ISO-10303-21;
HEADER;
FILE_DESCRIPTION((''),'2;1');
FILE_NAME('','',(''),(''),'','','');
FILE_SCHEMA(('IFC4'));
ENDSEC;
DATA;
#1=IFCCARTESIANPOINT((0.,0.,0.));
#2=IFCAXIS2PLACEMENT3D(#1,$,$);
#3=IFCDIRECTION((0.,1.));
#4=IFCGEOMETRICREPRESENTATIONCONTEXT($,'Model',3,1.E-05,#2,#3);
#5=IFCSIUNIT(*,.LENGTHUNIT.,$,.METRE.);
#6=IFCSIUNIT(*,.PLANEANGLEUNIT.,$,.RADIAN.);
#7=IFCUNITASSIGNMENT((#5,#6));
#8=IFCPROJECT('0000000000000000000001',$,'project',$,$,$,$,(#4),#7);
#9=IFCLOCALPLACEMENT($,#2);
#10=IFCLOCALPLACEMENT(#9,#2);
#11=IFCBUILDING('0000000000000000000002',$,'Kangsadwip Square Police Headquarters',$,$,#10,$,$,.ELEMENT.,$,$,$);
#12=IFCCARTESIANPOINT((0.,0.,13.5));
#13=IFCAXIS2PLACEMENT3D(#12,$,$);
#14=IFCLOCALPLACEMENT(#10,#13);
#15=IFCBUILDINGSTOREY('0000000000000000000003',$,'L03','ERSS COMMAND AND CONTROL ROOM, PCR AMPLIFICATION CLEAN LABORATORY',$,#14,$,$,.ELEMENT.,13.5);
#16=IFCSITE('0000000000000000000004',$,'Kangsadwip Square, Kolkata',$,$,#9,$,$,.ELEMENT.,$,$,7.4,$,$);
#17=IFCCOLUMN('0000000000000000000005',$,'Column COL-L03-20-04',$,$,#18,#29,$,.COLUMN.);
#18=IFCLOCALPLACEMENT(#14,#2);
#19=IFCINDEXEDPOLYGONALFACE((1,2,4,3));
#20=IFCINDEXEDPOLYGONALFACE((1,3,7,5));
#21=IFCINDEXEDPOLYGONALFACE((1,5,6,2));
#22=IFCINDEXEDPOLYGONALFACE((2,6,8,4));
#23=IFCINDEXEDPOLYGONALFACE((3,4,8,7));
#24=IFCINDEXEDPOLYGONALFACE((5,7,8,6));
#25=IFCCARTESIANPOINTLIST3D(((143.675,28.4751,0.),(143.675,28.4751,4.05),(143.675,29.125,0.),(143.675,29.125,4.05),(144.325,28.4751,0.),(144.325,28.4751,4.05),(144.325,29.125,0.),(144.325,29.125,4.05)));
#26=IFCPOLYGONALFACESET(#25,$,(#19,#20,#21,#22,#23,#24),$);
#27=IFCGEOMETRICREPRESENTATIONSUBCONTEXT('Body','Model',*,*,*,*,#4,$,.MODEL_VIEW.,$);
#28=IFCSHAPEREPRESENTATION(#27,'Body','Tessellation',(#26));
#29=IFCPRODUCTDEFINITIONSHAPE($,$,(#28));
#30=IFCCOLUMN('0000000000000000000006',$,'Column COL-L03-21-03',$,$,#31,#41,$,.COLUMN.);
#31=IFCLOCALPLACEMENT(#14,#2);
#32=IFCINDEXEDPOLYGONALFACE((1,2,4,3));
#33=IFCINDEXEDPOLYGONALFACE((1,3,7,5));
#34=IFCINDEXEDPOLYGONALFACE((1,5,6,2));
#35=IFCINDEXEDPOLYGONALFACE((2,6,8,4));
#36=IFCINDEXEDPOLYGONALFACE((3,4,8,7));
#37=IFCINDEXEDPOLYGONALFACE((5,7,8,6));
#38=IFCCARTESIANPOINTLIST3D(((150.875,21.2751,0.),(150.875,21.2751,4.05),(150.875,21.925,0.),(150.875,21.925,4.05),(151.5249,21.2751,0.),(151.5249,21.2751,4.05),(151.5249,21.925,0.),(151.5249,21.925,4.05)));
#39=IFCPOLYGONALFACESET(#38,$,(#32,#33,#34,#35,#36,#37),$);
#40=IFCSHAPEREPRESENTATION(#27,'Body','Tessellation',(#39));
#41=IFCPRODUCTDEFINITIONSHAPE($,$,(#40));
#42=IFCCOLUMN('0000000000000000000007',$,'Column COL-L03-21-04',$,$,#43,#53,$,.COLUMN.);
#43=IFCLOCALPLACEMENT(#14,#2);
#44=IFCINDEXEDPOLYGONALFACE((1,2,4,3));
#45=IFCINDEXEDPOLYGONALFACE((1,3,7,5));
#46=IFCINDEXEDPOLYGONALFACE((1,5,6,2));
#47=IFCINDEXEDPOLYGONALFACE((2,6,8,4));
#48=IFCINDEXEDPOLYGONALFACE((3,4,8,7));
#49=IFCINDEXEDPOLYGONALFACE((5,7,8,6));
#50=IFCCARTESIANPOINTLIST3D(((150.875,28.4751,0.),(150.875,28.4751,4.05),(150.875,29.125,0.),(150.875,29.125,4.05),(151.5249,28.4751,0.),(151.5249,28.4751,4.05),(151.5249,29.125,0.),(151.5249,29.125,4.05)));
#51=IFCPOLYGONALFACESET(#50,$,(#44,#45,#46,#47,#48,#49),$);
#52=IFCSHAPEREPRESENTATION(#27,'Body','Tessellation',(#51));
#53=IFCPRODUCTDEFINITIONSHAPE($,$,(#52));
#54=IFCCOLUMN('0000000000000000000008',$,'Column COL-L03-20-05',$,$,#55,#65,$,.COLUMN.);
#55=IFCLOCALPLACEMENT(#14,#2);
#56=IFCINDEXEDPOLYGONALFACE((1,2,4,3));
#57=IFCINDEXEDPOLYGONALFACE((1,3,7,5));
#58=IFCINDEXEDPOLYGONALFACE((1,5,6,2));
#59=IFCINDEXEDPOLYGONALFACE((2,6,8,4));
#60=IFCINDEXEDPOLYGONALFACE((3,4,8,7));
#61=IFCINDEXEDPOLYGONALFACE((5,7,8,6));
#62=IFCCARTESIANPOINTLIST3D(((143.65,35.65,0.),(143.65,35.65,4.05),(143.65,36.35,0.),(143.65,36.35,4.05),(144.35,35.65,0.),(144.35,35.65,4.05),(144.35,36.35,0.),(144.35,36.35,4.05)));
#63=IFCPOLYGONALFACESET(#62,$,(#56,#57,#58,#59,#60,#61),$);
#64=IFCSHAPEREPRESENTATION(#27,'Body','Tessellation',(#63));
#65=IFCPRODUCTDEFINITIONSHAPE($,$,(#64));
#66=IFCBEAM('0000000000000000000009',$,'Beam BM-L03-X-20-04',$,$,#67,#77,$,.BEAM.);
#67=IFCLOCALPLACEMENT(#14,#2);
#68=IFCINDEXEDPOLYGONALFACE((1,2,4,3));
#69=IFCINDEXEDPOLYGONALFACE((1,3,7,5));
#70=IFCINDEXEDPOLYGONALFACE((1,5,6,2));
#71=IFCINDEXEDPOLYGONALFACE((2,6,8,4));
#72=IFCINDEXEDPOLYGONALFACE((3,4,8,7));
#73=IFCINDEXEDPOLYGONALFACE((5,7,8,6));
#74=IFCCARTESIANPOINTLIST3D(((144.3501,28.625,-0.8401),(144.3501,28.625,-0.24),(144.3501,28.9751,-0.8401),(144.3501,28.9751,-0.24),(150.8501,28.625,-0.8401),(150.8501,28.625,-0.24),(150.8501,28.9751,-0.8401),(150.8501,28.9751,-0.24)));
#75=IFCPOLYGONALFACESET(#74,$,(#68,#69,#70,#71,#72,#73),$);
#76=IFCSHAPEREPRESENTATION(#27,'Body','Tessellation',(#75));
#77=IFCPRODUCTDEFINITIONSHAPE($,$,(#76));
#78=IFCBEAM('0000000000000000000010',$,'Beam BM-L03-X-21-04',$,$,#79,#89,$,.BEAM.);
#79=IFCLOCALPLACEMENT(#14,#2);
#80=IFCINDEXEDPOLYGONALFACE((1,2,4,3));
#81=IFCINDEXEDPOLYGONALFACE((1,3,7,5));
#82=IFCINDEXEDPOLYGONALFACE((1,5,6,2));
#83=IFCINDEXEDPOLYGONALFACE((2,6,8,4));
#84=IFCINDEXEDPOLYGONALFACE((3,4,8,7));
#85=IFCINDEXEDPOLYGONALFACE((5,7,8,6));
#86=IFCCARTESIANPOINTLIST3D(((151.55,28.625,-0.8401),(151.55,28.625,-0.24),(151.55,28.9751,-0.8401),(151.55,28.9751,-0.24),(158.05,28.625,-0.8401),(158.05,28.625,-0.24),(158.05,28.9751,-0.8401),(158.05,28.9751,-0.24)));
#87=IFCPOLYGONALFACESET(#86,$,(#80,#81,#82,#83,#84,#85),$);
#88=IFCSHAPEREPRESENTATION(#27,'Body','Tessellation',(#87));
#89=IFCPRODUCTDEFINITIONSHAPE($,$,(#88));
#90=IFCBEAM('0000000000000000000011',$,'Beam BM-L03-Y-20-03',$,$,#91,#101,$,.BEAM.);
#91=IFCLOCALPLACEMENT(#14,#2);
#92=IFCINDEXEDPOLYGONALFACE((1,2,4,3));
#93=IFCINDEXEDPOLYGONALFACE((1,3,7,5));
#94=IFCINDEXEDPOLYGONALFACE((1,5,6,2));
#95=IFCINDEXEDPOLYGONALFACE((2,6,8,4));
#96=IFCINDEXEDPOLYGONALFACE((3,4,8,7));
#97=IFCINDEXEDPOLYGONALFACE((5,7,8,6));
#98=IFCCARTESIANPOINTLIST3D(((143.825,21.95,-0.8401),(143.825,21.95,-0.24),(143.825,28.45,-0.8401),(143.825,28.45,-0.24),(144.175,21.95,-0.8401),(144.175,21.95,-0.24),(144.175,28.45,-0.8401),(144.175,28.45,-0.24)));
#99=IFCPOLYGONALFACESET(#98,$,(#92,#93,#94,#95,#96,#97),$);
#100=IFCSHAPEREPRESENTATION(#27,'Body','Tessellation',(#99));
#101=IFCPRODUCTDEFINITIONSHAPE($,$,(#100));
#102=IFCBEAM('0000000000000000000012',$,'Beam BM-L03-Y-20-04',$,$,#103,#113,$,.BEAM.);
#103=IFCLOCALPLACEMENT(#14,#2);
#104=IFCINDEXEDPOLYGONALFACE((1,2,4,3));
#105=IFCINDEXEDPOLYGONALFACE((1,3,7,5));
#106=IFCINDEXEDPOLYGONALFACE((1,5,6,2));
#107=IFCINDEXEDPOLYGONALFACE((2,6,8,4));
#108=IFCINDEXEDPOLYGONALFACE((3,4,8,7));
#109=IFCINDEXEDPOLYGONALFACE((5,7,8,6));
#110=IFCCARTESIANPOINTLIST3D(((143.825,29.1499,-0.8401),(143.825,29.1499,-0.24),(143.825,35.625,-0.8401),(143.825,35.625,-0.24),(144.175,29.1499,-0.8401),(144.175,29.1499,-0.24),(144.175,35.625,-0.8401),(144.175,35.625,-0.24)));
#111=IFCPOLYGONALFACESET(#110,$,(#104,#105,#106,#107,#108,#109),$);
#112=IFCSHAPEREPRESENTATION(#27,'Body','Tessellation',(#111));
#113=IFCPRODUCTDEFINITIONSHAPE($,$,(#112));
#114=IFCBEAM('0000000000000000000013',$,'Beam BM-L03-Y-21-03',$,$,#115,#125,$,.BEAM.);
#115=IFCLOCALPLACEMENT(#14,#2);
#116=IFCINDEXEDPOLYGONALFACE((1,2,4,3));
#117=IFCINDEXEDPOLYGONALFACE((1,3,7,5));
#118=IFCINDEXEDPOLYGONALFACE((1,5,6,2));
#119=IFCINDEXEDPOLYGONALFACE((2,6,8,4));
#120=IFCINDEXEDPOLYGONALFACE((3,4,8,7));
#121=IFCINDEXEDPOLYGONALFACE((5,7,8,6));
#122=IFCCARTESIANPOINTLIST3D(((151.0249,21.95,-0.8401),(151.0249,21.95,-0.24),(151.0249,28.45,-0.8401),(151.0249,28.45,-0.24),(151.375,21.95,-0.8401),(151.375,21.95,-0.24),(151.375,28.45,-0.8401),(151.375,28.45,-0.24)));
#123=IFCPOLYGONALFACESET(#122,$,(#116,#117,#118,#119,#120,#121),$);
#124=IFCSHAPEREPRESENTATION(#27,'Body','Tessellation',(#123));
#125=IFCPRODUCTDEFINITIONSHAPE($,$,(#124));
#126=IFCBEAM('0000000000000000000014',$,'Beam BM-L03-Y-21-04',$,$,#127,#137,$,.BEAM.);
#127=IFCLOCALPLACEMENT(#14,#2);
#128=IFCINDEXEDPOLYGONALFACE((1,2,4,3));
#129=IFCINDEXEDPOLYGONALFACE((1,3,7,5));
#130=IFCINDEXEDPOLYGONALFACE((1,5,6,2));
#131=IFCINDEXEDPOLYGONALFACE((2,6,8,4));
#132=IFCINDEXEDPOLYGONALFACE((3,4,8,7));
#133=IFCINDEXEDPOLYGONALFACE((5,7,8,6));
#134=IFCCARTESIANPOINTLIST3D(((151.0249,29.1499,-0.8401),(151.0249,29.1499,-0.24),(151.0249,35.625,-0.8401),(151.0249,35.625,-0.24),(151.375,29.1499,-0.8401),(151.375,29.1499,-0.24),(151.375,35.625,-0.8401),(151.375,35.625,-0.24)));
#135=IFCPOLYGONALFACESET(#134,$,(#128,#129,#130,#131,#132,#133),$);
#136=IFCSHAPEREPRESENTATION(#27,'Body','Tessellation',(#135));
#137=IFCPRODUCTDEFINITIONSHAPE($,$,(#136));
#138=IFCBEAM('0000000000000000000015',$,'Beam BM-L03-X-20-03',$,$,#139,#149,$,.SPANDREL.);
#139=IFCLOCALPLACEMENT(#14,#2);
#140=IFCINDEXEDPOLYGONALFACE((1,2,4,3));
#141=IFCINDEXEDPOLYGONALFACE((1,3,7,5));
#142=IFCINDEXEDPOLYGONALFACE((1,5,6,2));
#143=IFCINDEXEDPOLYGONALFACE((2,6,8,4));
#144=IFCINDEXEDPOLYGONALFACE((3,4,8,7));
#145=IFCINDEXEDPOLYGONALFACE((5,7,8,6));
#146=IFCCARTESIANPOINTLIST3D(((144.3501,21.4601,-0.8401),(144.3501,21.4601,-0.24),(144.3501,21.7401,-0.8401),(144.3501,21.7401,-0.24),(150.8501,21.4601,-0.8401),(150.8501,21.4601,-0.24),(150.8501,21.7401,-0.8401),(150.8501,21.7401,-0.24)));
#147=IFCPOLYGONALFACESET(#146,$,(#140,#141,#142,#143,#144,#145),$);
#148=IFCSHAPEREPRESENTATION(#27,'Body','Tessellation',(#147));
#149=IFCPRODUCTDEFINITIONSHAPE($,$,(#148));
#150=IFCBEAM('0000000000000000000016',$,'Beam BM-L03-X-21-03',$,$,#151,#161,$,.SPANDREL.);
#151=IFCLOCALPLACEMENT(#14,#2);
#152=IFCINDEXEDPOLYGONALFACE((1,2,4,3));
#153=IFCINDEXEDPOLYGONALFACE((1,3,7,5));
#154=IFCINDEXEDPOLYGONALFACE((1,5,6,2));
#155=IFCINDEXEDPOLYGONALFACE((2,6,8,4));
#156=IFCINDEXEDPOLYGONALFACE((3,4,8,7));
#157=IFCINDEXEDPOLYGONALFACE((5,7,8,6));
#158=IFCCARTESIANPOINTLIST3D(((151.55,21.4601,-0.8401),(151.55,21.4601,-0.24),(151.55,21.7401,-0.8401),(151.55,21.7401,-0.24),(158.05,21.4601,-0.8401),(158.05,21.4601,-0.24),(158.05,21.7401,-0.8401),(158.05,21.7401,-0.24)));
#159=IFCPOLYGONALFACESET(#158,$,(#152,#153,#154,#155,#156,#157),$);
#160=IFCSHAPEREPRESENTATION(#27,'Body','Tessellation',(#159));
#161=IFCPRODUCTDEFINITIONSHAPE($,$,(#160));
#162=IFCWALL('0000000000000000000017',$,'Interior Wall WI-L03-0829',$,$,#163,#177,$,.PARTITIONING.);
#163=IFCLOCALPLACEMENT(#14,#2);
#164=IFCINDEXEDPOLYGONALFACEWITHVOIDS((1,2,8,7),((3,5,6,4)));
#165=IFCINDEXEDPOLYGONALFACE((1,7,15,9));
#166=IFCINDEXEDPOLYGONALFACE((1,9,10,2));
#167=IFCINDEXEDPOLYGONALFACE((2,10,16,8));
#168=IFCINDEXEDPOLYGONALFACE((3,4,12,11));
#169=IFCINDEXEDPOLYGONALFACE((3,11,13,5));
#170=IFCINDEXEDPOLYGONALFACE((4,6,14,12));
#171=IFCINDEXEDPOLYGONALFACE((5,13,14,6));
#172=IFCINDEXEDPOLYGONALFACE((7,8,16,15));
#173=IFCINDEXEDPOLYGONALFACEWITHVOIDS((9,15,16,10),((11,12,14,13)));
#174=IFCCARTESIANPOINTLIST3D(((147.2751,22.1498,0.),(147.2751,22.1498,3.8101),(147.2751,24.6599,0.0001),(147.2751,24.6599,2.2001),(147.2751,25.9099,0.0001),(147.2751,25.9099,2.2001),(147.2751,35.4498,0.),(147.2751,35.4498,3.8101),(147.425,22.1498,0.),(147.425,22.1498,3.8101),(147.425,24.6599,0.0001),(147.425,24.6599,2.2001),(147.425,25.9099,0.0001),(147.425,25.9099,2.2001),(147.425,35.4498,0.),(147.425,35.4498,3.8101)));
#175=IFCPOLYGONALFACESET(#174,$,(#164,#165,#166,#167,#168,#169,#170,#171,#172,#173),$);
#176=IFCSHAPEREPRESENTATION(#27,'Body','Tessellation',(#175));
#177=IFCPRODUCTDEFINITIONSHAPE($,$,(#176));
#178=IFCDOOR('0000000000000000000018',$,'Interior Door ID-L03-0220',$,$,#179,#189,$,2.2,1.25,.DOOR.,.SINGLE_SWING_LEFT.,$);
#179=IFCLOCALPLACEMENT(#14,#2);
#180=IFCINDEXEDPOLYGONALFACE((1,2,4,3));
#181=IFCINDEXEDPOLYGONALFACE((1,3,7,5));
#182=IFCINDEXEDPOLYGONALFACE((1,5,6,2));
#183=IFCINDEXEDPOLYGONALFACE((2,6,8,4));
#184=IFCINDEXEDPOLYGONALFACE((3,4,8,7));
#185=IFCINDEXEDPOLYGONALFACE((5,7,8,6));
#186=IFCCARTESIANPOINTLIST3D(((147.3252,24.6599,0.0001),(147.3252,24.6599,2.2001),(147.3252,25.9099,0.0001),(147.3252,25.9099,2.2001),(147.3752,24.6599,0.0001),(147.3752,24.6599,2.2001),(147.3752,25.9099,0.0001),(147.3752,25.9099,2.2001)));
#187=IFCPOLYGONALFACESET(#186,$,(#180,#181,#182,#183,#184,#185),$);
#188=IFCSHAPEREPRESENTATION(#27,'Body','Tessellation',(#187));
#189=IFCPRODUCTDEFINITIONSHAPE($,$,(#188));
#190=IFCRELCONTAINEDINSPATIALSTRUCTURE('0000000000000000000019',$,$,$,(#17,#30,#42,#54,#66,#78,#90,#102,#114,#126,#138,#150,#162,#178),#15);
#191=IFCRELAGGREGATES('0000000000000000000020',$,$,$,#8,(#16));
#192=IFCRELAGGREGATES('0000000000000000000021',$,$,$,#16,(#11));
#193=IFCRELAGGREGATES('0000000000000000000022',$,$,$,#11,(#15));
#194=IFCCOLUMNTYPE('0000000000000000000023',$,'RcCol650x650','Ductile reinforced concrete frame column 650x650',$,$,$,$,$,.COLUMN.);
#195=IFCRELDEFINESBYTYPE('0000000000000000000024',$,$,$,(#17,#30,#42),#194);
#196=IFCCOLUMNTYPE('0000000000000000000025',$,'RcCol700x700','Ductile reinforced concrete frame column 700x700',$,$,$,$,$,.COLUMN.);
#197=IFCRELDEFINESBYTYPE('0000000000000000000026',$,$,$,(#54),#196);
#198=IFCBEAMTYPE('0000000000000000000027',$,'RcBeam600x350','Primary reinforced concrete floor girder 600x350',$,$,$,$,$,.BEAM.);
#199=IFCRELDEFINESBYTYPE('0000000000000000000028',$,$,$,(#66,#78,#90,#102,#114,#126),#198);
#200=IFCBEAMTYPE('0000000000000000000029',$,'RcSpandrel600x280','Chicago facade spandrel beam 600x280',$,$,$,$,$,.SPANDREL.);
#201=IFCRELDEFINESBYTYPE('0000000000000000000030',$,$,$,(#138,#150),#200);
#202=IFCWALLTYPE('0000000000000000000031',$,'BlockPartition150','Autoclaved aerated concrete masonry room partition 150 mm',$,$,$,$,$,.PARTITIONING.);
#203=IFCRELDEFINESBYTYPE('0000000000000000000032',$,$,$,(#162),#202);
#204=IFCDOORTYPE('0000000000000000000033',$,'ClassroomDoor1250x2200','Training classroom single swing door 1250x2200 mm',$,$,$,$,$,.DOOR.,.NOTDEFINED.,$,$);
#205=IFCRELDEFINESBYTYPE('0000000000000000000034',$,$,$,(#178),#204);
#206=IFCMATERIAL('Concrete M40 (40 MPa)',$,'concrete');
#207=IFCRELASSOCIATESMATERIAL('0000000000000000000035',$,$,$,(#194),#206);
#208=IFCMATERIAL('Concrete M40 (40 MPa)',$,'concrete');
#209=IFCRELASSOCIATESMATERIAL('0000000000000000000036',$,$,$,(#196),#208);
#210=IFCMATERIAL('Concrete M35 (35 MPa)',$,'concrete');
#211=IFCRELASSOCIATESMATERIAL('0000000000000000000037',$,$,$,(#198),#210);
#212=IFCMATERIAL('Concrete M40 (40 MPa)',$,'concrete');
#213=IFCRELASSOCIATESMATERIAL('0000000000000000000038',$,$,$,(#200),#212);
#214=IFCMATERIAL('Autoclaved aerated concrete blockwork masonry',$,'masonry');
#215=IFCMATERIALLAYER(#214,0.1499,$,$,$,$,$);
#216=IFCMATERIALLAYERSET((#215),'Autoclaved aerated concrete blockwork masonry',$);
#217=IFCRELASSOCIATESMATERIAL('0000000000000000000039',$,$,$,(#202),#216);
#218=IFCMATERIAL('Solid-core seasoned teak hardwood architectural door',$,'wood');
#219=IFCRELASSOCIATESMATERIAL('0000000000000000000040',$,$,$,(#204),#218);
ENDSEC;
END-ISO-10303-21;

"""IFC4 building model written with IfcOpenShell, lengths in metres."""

from ifc_helpers import new_model, si_unit, direction, frame, frame_2d, origin, origin_2d, place, context, subcontext, project, spatial, rectangle, extrude, material, layer, layer_set, material_profile, profile_set, type_object, element, fill, save


model = new_model("IFC4")

# Units and contexts
model_context = context("Model", 3, precision=1e-05, world=origin(), true_north=direction((0.0, 1.0)))
body_context = subcontext(model_context, "Body", "Model", "MODEL_VIEW")
ifc_project = project(units=[si_unit("LENGTHUNIT", "METRE"), si_unit("PLANEANGLEUNIT", "RADIAN")], contexts=[model_context])

# Site, building, storey
site_placement = place(None, origin())
site = spatial("IfcSite", under=ifc_project, at=site_placement, Name="Kangsadwip Square, Kolkata", CompositionType="ELEMENT", RefElevation=7.4)
building_placement = place(site_placement, origin())
building = spatial("IfcBuilding", under=site, at=building_placement, Name="Kangsadwip Square Police Headquarters", CompositionType="ELEMENT")
storey_placement = place(building_placement, frame((0.0, 0.0, 13.5)))
storey = spatial("IfcBuildingStorey", under=building, at=storey_placement, Name="L03", Description="ERSS COMMAND AND CONTROL ROOM, PCR AMPLIFICATION CLEAN LABORATORY", CompositionType="ELEMENT", Elevation=13.5)

# Columns
ifc_material_1 = material(Name="Concrete M40 (40 MPa)", Category="concrete")
ifc_material_profile_1 = material_profile(ifc_material_1, rectangle(XDim=0.6499, YDim=0.6499, at=origin_2d()), Name="RC COL 650X650")
ifc_profile_set_1 = profile_set([ifc_material_profile_1], Name="Concrete M40 (40 MPa)")
column_type_1 = type_object("IfcColumnType", Name="RcCol650x650", Description="Ductile reinforced concrete frame column 650x650", PredefinedType="COLUMN", material=ifc_profile_set_1)
for number, where, z_axis, x_axis, name in (
    (1, (144.0, 28.8, 0.0), (0.0, 0.0, 1.0), (1.0, 0.0, 0.0), "Column COL-L03-20-04"),
    (2, (151.2, 21.6001, 0.0), (0.0, 0.0, 1.0), (1.0, 0.0, 0.0), "Column COL-L03-21-03"),
    (3, (151.2, 28.8, 0.0), (0.0, 0.0, 1.0), (1.0, 0.0, 0.0), "Column COL-L03-21-04"),
):
    element("IfcColumn", number, at=place(storey_placement, frame(where, z_axis=z_axis, x_axis=x_axis)), inside=storey, type_object=column_type_1, Name=name, PredefinedType="COLUMN", context=body_context, shape_type="SweptSolid", body=[
        extrude(rectangle(XDim=0.6499, YDim=0.6499, at=origin_2d()), origin(), (0.0, 0.0, 1.0), 4.05),
    ])
ifc_material_2 = material(Name="Concrete M40 (40 MPa)", Category="concrete")
ifc_material_profile_2 = material_profile(ifc_material_2, rectangle(XDim=0.7, YDim=0.7, at=origin_2d()), Name="RC COL 700X700")
ifc_profile_set_2 = profile_set([ifc_material_profile_2], Name="Concrete M40 (40 MPa)")
column_type_2 = type_object("IfcColumnType", Name="RcCol700x700", Description="Ductile reinforced concrete frame column 700x700", PredefinedType="COLUMN", material=ifc_profile_set_2)
column_placement = place(storey_placement, frame((144.0, 36.0, 0.0), z_axis=(0.0, 0.0, 1.0), x_axis=(1.0, 0.0, 0.0)))
element("IfcColumn", 4, at=column_placement, inside=storey, type_object=column_type_2, Name="Column COL-L03-20-05", PredefinedType="COLUMN", context=body_context, shape_type="SweptSolid", body=[
    extrude(rectangle(XDim=0.7, YDim=0.7, at=origin_2d()), origin(), (0.0, 0.0, 1.0), 4.05),
])

# Beams
ifc_material_3 = material(Name="Concrete M35 (35 MPa)", Category="concrete")
ifc_material_profile_3 = material_profile(ifc_material_3, rectangle(XDim=0.3501, YDim=0.6001, at=origin_2d()), Name="RC BM 600X350")
ifc_profile_set_3 = profile_set([ifc_material_profile_3], Name="Concrete M35 (35 MPa)")
beam_type_1 = type_object("IfcBeamType", Name="RcBeam600x350", Description="Primary reinforced concrete floor girder 600x350", PredefinedType="BEAM", material=ifc_profile_set_3)
for number, where, z_axis, x_axis, name in (
    (5, (144.3501, 28.8, -0.54), (1.0, 0.0, 0.0), (0.0, 1.0, 0.0), "Beam BM-L03-X-20-04"),
    (6, (151.55, 28.8, -0.54), (1.0, 0.0, 0.0), (0.0, 1.0, 0.0), "Beam BM-L03-X-21-04"),
    (7, (144.0, 21.95, -0.54), (0.0, 1.0, 0.0), (-1.0, 0.0, 0.0), "Beam BM-L03-Y-20-03"),
):
    element("IfcBeam", number, at=place(storey_placement, frame(where, z_axis=z_axis, x_axis=x_axis)), inside=storey, type_object=beam_type_1, Name=name, PredefinedType="BEAM", context=body_context, shape_type="SweptSolid", body=[
        extrude(rectangle(XDim=0.3501, YDim=0.6001, at=origin_2d()), origin(), (0.0, 0.0, 1.0), 6.5),
    ])
beam_1_placement = place(storey_placement, frame((144.0, 29.1499, -0.54), z_axis=(0.0, 1.0, 0.0), x_axis=(-1.0, 0.0, 0.0)))
element("IfcBeam", 8, at=beam_1_placement, inside=storey, type_object=beam_type_1, Name="Beam BM-L03-Y-20-04", PredefinedType="BEAM", context=body_context, shape_type="SweptSolid", body=[
    extrude(rectangle(XDim=0.3501, YDim=0.6001, at=origin_2d()), origin(), (0.0, 0.0, 1.0), 6.4751),
])
beam_2_placement = place(storey_placement, frame((151.2, 21.95, -0.54), z_axis=(0.0, 1.0, 0.0), x_axis=(-1.0, 0.0, 0.0)))
element("IfcBeam", 9, at=beam_2_placement, inside=storey, type_object=beam_type_1, Name="Beam BM-L03-Y-21-03", PredefinedType="BEAM", context=body_context, shape_type="SweptSolid", body=[
    extrude(rectangle(XDim=0.3501, YDim=0.6001, at=origin_2d()), origin(), (0.0, 0.0, 1.0), 6.5),
])
beam_3_placement = place(storey_placement, frame((151.2, 29.1499, -0.54), z_axis=(0.0, 1.0, 0.0), x_axis=(-1.0, 0.0, 0.0)))
element("IfcBeam", 10, at=beam_3_placement, inside=storey, type_object=beam_type_1, Name="Beam BM-L03-Y-21-04", PredefinedType="BEAM", context=body_context, shape_type="SweptSolid", body=[
    extrude(rectangle(XDim=0.3501, YDim=0.6001, at=origin_2d()), origin(), (0.0, 0.0, 1.0), 6.4751),
])
ifc_material_4 = material(Name="Concrete M40 (40 MPa)", Category="concrete")
ifc_material_profile_4 = material_profile(ifc_material_4, rectangle(XDim=0.28, YDim=0.6001, at=origin_2d()), Name="RC SPN 600X280")
ifc_profile_set_4 = profile_set([ifc_material_profile_4], Name="Concrete M40 (40 MPa)")
beam_type_2 = type_object("IfcBeamType", Name="RcSpandrel600x280", Description="Chicago facade spandrel beam 600x280", PredefinedType="SPANDREL", material=ifc_profile_set_4)
for number, where, z_axis, x_axis, name in (
    (11, (144.3501, 21.6001, -0.54), (1.0, 0.0, 0.0), (0.0, 1.0, 0.0), "Beam BM-L03-X-20-03"),
    (12, (151.55, 21.6001, -0.54), (1.0, 0.0, 0.0), (0.0, 1.0, 0.0), "Beam BM-L03-X-21-03"),
):
    element("IfcBeam", number, at=place(storey_placement, frame(where, z_axis=z_axis, x_axis=x_axis)), inside=storey, type_object=beam_type_2, Name=name, PredefinedType="SPANDREL", context=body_context, shape_type="SweptSolid", body=[
        extrude(rectangle(XDim=0.28, YDim=0.6001, at=origin_2d()), origin(), (0.0, 0.0, 1.0), 6.5),
    ])

# Wall, opening, door
ifc_material_5 = material(Name="Autoclaved aerated concrete blockwork masonry", Category="masonry")
ifc_layer_1 = layer(ifc_material_5, 0.1499)
ifc_layer_set_1 = layer_set([ifc_layer_1], Name="Autoclaved aerated concrete blockwork masonry")
wall_type_1 = type_object("IfcWallType", Name="BlockPartition150", Description="Autoclaved aerated concrete masonry room partition 150 mm", PredefinedType="PARTITIONING", material=ifc_layer_set_1)
wall_1_placement = place(storey_placement, frame((147.3501, 22.1499, 0.0), z_axis=(0.0, 0.0, 1.0), x_axis=(0.0, 1.0, 0.0)))
wall_1 = element("IfcWall", 13, at=wall_1_placement, inside=storey, type_object=wall_type_1, Name="Interior Wall WI-L03-0829", PredefinedType="PARTITIONING", context=body_context, shape_type="SweptSolid", body=[
    extrude(rectangle(XDim=13.3, YDim=0.1499, at=frame_2d((6.6499, 0.0))), origin(), (0.0, 0.0, 1.0), 3.8101),
])
opening_1_placement = place(wall_1_placement, frame((2.51, 0.0, 0.0)))
opening_1 = element("IfcOpeningElement", 14, at=opening_1_placement, cuts=wall_1, PredefinedType="OPENING", context=body_context, shape_type="SweptSolid", body=[
    extrude(rectangle(XDim=1.25, YDim=2.2, at=frame_2d((0.625, 1.1001))), frame((0.0, 0.085, 0.0), z_axis=(0.0, -1.0, 0.0), x_axis=(1.0, 0.0, 0.0)), (0.0, 0.0, 1.0), 0.1699),
])
ifc_material_6 = material(Name="Solid-core seasoned teak hardwood architectural door", Category="wood")
door_type = type_object("IfcDoorType", Name="ClassroomDoor1250x2200", Description="Training classroom single swing door 1250x2200 mm", OperationType="NOTDEFINED", PredefinedType="DOOR", material=ifc_material_6)
door_placement = place(opening_1_placement, origin())
door = element("IfcDoor", 15, at=door_placement, inside=storey, type_object=door_type, Name="Interior Door ID-L03-0220", OperationType="SINGLE_SWING_LEFT", OverallHeight=2.2, OverallWidth=1.25, PredefinedType="DOOR", context=body_context, shape_type="SweptSolid", body=[
    extrude(rectangle(XDim=1.25, YDim=2.2, at=frame_2d((0.625, 1.1001))), frame((0.0, 0.0249, 0.0), z_axis=(0.0, -1.0, 0.0), x_axis=(1.0, 0.0, 0.0)), (0.0, 0.0, 1.0), 0.05),
])
fill(opening_1, door)

save(model, "model.ifc")
